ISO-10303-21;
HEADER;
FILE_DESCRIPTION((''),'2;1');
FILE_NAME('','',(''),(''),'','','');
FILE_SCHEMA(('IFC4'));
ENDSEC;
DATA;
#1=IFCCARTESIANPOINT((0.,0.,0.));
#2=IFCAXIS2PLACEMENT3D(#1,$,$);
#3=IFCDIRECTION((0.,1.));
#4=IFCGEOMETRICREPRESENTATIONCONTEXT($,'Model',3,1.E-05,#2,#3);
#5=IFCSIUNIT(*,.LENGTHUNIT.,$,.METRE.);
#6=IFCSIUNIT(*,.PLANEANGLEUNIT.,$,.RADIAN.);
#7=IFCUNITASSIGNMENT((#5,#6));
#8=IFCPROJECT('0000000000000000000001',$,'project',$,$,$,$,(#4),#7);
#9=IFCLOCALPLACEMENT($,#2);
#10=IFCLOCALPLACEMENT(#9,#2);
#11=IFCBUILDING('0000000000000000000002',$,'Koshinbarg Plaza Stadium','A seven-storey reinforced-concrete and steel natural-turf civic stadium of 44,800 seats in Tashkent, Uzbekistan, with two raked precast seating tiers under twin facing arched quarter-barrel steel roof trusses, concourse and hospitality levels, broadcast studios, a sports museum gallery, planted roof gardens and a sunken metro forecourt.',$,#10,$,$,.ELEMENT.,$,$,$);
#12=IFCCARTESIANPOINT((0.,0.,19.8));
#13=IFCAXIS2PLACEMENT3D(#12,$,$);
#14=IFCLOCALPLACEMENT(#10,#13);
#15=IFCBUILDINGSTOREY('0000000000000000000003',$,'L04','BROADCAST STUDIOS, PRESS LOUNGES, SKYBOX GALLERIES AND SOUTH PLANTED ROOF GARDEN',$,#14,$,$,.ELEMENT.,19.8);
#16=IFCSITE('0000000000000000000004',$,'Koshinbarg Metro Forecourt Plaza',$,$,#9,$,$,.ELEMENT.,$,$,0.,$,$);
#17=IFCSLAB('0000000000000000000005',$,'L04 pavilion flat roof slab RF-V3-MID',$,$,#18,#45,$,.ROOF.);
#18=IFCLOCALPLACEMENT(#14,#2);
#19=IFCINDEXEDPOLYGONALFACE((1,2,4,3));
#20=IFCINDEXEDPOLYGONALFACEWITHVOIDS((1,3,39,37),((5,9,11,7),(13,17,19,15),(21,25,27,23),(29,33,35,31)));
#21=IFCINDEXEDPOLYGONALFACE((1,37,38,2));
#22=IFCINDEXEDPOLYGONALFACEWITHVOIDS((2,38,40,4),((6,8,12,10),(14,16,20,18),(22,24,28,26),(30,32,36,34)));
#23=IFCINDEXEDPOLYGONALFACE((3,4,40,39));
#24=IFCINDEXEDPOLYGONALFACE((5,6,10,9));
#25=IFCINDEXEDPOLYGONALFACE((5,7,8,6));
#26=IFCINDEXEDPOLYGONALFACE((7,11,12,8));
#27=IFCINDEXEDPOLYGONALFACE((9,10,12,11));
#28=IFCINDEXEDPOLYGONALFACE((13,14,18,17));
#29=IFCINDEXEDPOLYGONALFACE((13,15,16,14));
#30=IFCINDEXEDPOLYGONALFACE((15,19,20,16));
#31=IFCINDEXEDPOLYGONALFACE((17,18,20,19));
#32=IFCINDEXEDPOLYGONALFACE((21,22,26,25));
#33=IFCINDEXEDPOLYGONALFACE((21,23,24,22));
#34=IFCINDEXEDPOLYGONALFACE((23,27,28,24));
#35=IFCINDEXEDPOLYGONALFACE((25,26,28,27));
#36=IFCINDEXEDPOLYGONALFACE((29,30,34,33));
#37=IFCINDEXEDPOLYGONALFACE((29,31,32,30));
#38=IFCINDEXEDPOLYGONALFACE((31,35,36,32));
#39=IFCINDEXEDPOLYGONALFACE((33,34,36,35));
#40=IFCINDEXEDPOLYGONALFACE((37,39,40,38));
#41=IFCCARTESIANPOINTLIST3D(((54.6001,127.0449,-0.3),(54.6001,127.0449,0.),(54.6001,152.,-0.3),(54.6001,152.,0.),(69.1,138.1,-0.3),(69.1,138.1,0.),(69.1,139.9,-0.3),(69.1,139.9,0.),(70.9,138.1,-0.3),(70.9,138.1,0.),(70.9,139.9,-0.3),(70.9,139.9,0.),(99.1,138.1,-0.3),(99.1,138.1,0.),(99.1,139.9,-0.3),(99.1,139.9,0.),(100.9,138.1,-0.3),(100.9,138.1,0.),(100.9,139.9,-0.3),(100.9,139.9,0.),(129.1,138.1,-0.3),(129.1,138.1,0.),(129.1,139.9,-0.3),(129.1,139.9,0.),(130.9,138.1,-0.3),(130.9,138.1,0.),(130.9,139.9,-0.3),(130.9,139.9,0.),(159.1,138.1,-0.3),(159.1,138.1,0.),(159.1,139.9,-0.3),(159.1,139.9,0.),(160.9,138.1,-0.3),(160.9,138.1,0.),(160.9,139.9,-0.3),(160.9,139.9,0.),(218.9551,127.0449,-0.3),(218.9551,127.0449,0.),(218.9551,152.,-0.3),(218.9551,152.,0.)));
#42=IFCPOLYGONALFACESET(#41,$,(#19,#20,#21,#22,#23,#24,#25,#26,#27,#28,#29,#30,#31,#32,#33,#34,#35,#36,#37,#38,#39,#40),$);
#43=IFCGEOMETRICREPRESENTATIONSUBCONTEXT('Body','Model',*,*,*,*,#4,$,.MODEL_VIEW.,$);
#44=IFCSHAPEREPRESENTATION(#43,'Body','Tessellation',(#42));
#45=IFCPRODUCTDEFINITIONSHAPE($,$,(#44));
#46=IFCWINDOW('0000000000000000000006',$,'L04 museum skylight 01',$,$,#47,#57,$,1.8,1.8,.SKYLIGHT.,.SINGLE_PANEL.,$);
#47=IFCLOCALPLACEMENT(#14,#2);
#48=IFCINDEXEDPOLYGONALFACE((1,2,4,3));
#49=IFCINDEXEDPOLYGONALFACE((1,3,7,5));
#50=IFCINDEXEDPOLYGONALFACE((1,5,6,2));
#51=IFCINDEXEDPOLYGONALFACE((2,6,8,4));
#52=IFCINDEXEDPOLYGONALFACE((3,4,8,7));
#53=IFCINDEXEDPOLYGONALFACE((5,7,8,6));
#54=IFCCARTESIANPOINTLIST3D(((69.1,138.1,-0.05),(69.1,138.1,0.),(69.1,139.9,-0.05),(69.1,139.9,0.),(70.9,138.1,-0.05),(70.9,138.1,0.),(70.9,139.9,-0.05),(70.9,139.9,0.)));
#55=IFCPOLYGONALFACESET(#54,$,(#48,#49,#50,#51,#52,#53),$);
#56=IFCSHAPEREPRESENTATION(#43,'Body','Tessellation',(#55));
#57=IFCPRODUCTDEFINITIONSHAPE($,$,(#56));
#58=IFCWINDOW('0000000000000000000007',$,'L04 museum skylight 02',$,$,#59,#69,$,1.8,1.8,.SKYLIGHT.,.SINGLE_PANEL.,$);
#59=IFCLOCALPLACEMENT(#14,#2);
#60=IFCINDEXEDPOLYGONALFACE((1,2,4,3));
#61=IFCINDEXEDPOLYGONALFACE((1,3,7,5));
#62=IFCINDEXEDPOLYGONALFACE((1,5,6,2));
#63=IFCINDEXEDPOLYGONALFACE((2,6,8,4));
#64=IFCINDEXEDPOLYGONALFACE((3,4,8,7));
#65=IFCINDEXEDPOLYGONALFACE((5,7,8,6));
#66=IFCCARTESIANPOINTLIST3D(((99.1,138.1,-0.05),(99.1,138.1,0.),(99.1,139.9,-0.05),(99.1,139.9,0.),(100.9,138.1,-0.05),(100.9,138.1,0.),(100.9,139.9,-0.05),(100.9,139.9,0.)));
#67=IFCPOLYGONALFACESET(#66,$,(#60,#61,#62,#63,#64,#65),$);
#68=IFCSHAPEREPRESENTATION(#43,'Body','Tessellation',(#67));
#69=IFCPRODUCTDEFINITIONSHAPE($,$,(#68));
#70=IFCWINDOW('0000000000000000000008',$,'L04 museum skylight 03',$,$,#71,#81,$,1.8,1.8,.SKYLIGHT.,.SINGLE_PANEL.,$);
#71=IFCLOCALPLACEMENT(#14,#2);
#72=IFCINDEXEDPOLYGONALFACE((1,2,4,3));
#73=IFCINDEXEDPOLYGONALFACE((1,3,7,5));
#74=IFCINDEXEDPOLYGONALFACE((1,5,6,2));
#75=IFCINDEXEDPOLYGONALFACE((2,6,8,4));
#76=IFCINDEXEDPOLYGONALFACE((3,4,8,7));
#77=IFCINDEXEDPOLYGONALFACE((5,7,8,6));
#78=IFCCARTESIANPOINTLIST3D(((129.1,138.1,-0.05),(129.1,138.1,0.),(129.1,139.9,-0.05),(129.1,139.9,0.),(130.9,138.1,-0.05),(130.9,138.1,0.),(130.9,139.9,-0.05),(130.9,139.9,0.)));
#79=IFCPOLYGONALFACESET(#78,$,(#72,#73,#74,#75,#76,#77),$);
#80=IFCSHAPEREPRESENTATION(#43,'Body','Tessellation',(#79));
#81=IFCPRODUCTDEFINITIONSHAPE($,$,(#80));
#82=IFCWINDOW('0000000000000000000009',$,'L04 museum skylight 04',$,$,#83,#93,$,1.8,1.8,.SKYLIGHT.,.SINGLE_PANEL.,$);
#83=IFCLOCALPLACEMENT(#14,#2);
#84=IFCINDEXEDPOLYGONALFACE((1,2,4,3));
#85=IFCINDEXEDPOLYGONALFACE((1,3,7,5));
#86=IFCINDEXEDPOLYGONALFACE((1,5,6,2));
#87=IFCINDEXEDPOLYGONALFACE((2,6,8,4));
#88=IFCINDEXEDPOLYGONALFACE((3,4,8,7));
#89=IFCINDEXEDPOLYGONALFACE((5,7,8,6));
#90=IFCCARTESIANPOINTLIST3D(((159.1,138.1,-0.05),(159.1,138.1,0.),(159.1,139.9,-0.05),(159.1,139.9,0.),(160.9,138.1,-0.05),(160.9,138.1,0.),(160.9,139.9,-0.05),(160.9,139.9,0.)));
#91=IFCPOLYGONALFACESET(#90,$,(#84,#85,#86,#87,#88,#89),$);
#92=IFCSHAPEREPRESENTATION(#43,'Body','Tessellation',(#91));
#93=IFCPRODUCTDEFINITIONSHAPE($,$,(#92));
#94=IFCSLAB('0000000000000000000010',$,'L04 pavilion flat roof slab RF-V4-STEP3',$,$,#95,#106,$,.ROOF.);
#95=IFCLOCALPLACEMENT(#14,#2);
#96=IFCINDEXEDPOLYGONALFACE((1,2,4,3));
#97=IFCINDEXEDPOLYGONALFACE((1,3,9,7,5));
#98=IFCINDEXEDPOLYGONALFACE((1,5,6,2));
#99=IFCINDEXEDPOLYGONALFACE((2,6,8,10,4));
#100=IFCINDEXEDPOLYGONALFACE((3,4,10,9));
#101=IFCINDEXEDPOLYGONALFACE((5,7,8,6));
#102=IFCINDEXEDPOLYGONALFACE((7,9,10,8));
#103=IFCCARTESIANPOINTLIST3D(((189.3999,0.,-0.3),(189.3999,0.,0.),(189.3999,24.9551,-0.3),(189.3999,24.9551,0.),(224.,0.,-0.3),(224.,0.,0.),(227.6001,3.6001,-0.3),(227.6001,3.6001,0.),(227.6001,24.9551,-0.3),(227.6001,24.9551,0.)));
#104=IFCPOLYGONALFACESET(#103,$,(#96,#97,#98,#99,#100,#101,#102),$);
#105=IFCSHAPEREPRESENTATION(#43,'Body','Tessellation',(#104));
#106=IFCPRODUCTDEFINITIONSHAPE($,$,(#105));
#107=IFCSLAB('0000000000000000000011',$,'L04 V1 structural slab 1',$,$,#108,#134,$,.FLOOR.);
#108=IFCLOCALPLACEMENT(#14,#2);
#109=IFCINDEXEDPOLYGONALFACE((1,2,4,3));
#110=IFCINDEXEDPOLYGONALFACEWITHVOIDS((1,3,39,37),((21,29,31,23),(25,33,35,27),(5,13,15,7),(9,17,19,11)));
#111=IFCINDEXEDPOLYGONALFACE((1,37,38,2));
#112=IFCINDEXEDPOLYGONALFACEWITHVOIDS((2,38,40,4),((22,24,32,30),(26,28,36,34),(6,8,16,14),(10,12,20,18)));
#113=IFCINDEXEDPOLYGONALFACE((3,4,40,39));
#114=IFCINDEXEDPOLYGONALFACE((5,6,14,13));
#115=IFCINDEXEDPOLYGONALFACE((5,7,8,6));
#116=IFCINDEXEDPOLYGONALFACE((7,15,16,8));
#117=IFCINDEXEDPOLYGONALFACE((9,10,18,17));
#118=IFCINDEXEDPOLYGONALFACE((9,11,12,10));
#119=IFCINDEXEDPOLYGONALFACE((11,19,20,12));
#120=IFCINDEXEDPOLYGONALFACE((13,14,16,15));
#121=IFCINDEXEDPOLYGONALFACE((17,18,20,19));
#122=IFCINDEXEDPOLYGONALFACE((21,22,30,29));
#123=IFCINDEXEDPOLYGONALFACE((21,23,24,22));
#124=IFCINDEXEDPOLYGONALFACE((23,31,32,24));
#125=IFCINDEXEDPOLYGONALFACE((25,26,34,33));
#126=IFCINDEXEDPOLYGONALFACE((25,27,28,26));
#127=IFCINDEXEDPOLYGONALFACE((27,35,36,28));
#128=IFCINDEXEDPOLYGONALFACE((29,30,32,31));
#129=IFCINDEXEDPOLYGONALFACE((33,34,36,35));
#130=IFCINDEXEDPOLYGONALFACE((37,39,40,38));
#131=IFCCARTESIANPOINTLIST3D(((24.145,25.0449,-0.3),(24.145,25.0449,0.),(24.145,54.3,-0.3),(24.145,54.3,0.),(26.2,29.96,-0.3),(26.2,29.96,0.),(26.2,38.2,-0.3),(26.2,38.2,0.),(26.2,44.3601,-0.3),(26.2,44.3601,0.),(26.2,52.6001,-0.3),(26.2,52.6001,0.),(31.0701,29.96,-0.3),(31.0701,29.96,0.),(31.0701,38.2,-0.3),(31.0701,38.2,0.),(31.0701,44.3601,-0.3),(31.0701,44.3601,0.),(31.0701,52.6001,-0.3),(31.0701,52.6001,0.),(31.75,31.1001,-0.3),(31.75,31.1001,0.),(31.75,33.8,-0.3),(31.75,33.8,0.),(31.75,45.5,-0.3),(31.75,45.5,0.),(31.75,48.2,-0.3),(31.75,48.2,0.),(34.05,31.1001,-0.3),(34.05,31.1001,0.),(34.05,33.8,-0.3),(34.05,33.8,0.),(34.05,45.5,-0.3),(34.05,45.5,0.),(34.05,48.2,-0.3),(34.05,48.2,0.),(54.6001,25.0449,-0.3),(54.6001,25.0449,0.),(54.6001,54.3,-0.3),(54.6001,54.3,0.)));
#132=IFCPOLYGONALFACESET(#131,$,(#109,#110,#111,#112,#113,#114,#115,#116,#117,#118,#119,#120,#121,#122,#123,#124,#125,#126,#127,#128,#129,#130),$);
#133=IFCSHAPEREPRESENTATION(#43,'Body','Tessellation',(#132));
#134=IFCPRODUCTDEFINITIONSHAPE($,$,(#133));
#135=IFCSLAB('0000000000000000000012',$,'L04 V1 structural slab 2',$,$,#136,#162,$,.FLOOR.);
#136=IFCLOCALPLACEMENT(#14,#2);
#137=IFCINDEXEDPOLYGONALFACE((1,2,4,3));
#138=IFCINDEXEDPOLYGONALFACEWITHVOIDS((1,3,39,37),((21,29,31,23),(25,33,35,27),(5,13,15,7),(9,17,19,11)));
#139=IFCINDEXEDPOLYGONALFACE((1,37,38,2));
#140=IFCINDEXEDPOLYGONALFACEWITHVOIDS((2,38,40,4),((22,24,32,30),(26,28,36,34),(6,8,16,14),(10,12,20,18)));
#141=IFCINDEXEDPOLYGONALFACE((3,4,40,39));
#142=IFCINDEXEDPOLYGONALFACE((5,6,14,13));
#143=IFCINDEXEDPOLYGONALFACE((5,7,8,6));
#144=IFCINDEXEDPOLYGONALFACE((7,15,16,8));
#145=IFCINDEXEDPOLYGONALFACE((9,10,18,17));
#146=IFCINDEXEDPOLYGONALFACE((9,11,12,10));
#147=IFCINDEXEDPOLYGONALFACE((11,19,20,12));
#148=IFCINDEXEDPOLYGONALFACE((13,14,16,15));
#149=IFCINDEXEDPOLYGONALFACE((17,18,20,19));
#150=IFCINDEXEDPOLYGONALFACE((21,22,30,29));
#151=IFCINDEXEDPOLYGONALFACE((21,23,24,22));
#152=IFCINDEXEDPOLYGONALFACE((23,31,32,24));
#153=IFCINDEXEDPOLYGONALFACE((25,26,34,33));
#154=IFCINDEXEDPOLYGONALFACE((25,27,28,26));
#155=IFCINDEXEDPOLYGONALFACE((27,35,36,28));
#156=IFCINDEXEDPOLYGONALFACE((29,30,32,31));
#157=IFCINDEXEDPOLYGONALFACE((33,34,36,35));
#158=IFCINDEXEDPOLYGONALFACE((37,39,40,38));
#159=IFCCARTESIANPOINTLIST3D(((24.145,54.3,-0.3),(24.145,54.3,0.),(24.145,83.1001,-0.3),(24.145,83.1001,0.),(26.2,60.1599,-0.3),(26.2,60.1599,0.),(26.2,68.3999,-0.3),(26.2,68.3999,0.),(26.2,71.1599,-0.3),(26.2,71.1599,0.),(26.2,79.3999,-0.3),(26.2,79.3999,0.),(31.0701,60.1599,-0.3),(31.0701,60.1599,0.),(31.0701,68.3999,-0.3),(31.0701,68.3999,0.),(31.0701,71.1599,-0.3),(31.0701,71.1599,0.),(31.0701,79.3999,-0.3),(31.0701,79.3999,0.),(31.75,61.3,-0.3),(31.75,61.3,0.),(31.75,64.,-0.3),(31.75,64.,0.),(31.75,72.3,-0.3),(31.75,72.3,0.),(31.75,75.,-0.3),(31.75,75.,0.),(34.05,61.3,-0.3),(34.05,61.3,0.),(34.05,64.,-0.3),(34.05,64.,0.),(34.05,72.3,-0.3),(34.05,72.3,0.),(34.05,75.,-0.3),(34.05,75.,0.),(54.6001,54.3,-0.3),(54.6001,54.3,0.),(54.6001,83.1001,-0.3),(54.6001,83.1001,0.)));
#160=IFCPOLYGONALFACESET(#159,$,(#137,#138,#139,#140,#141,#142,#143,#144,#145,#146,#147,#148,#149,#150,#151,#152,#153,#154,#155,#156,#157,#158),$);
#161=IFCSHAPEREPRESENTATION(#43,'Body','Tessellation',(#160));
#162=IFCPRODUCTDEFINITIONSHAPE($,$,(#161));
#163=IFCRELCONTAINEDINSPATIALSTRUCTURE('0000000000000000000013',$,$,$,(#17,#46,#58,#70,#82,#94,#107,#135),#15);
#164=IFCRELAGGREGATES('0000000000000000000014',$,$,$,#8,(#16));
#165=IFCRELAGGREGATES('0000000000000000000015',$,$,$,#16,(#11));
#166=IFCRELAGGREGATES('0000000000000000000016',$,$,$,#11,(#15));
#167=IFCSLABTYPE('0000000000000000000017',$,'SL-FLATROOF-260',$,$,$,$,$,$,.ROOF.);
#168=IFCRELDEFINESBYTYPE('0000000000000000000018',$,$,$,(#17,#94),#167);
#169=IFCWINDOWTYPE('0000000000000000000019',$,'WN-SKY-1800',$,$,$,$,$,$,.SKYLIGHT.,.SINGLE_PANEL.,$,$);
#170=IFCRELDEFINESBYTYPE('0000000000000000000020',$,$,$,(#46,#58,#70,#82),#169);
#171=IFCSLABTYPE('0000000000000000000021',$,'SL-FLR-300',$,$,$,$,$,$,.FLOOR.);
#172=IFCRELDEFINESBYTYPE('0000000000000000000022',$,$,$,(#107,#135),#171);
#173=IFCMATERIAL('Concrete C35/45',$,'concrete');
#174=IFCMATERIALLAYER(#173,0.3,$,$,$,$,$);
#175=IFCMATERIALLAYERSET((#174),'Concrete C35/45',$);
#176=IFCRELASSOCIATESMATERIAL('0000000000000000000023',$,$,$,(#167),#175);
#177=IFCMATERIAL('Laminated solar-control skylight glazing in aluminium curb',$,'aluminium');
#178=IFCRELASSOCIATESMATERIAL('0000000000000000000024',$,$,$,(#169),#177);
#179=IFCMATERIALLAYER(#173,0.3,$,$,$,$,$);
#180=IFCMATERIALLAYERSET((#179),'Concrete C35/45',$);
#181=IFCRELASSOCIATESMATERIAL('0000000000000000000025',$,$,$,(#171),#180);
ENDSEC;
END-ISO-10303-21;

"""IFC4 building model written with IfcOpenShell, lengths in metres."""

from ifc_helpers import new_model, si_unit, direction, frame, origin, origin_2d, place, context, subcontext, project, spatial, polyline, rectangle, outline, extrude, material, layer, layer_set, type_object, element, fill, save


model = new_model("IFC4")

# Units and contexts
model_context = context("Model", 3, precision=1e-05, world=origin(), true_north=direction((0.0, 1.0)))
body_context = subcontext(model_context, "Body", "Model", "MODEL_VIEW")
ifc_project = project(units=[si_unit("LENGTHUNIT", "METRE"), si_unit("PLANEANGLEUNIT", "RADIAN")], contexts=[model_context])

# Site, building, storey
site_placement = place(None, origin())
site = spatial("IfcSite", under=ifc_project, at=site_placement, Name="Koshinbarg Metro Forecourt Plaza", CompositionType="ELEMENT", RefElevation=0.0)
building_placement = place(site_placement, origin())
building = spatial("IfcBuilding", under=site, at=building_placement, Name="Koshinbarg Plaza Stadium", Description="A seven-storey reinforced-concrete and steel natural-turf civic stadium of 44,800 seats in Tashkent, Uzbekistan, with two raked precast seating tiers under twin facing arched quarter-barrel steel roof trusses, concourse and hospitality levels, broadcast studios, a sports museum gallery, planted roof gardens and a sunken metro forecourt.", CompositionType="ELEMENT")
storey_placement = place(building_placement, frame((0.0, 0.0, 19.8)))
storey = spatial("IfcBuildingStorey", under=building, at=storey_placement, Name="L04", Description="BROADCAST STUDIOS, PRESS LOUNGES, SKYBOX GALLERIES AND SOUTH PLANTED ROOF GARDEN", CompositionType="ELEMENT", Elevation=19.8)

# Slab, openings, windows
ifc_material_1 = material(Name="Concrete C35/45", Category="concrete")
ifc_layer_1 = layer(ifc_material_1, 0.3)
ifc_layer_set_1 = layer_set([ifc_layer_1], Name="Concrete C35/45")
slab_type_1 = type_object("IfcSlabType", Name="SL-FLATROOF-260", PredefinedType="ROOF", material=ifc_layer_set_1)
slab_1_placement = place(storey_placement, frame((0.0, 0.0, -0.3)))
slab_1 = element("IfcSlab", 1, at=slab_1_placement, inside=storey, type_object=slab_type_1, Name="L04 pavilion flat roof slab RF-V3-MID", PredefinedType="ROOF", context=body_context, shape_type="SweptSolid", body=[
    extrude(outline(polyline([(54.6001, 127.0449), (218.9551, 127.0449), (218.9551, 152.0), (54.6001, 152.0), (54.6001, 127.0449)])), origin(), (0.0, 0.0, 1.0), 0.3),
])
opening_1_placement = place(slab_1_placement, frame((70.0, 139.0, 0.0)))
opening_1 = element("IfcOpeningElement", 2, at=opening_1_placement, cuts=slab_1, PredefinedType="OPENING", context=body_context, shape_type="SweptSolid", body=[
    extrude(rectangle(XDim=1.8, YDim=1.8, at=origin_2d()), frame((0.0, 0.0, -0.01)), (0.0, 0.0, 1.0), 0.3201),
])
opening_2_placement = place(slab_1_placement, frame((100.0, 139.0, 0.0)))
opening_2 = element("IfcOpeningElement", 3, at=opening_2_placement, cuts=slab_1, PredefinedType="OPENING", context=body_context, shape_type="SweptSolid", body=[
    extrude(rectangle(XDim=1.8, YDim=1.8, at=origin_2d()), frame((0.0, 0.0, -0.01)), (0.0, 0.0, 1.0), 0.3201),
])
opening_3_placement = place(slab_1_placement, frame((130.0, 139.0, 0.0)))
opening_3 = element("IfcOpeningElement", 4, at=opening_3_placement, cuts=slab_1, PredefinedType="OPENING", context=body_context, shape_type="SweptSolid", body=[
    extrude(rectangle(XDim=1.8, YDim=1.8, at=origin_2d()), frame((0.0, 0.0, -0.01)), (0.0, 0.0, 1.0), 0.3201),
])
opening_4_placement = place(slab_1_placement, frame((160.0, 139.0, 0.0)))
opening_4 = element("IfcOpeningElement", 5, at=opening_4_placement, cuts=slab_1, PredefinedType="OPENING", context=body_context, shape_type="SweptSolid", body=[
    extrude(rectangle(XDim=1.8, YDim=1.8, at=origin_2d()), frame((0.0, 0.0, -0.01)), (0.0, 0.0, 1.0), 0.3201),
])
ifc_material_2 = material(Name="Laminated solar-control skylight glazing in aluminium curb", Category="aluminium")
window_type = type_object("IfcWindowType", Name="WN-SKY-1800", PartitioningType="SINGLE_PANEL", PredefinedType="SKYLIGHT", material=ifc_material_2)
window_1_placement = place(opening_1_placement, frame((0.0, 0.0, 0.25)))
window_1 = element("IfcWindow", 6, at=window_1_placement, inside=storey, type_object=window_type, Name="L04 museum skylight 01", OverallHeight=1.8, OverallWidth=1.8, PartitioningType="SINGLE_PANEL", PredefinedType="SKYLIGHT", context=body_context, shape_type="SweptSolid", body=[
    extrude(rectangle(XDim=1.8, YDim=1.8, at=origin_2d()), origin(), (0.0, 0.0, 1.0), 0.05),
])
fill(opening_1, window_1)
window_2_placement = place(opening_2_placement, frame((0.0, 0.0, 0.25)))
window_2 = element("IfcWindow", 7, at=window_2_placement, inside=storey, type_object=window_type, Name="L04 museum skylight 02", OverallHeight=1.8, OverallWidth=1.8, PartitioningType="SINGLE_PANEL", PredefinedType="SKYLIGHT", context=body_context, shape_type="SweptSolid", body=[
    extrude(rectangle(XDim=1.8, YDim=1.8, at=origin_2d()), origin(), (0.0, 0.0, 1.0), 0.05),
])
fill(opening_2, window_2)
window_3_placement = place(opening_3_placement, frame((0.0, 0.0, 0.25)))
window_3 = element("IfcWindow", 8, at=window_3_placement, inside=storey, type_object=window_type, Name="L04 museum skylight 03", OverallHeight=1.8, OverallWidth=1.8, PartitioningType="SINGLE_PANEL", PredefinedType="SKYLIGHT", context=body_context, shape_type="SweptSolid", body=[
    extrude(rectangle(XDim=1.8, YDim=1.8, at=origin_2d()), origin(), (0.0, 0.0, 1.0), 0.05),
])
fill(opening_3, window_3)
window_4_placement = place(opening_4_placement, frame((0.0, 0.0, 0.25)))
window_4 = element("IfcWindow", 9, at=window_4_placement, inside=storey, type_object=window_type, Name="L04 museum skylight 04", OverallHeight=1.8, OverallWidth=1.8, PartitioningType="SINGLE_PANEL", PredefinedType="SKYLIGHT", context=body_context, shape_type="SweptSolid", body=[
    extrude(rectangle(XDim=1.8, YDim=1.8, at=origin_2d()), origin(), (0.0, 0.0, 1.0), 0.05),
])
fill(opening_4, window_4)

# Slabs
slab_2_placement = place(storey_placement, frame((0.0, 0.0, -0.3)))
element("IfcSlab", 10, at=slab_2_placement, inside=storey, type_object=slab_type_1, Name="L04 pavilion flat roof slab RF-V4-STEP3", PredefinedType="ROOF", context=body_context, shape_type="SweptSolid", body=[
    extrude(outline(polyline([(189.3999, 0.0), (224.0, 0.0), (227.6001, 3.6001), (227.6001, 24.9551), (189.3999, 24.9551), (189.3999, 0.0)])), origin(), (0.0, 0.0, 1.0), 0.3),
])
ifc_layer_2 = layer(ifc_material_1, 0.3)
ifc_layer_set_2 = layer_set([ifc_layer_2], Name="Concrete C35/45")
slab_type_2 = type_object("IfcSlabType", Name="SL-FLR-300", PredefinedType="FLOOR", material=ifc_layer_set_2)
slab_3_placement = place(storey_placement, frame((0.0, 0.0, -0.3)))
element("IfcSlab", 11, at=slab_3_placement, inside=storey, type_object=slab_type_2, Name="L04 V1 structural slab 1", PredefinedType="FLOOR", context=body_context, shape_type="SweptSolid", body=[
    extrude(outline(polyline([(24.145, 25.0449), (54.6001, 25.0449), (54.6001, 54.3), (24.145, 54.3), (24.145, 25.0449)]), holes=[polyline([(31.0701, 29.96), (31.0701, 38.2), (26.2, 38.2), (26.2, 29.96), (31.0701, 29.96)]), polyline([(31.75, 31.1001), (34.05, 31.1001), (34.05, 33.8), (31.75, 33.8), (31.75, 31.1001)]), polyline([(31.0701, 44.3601), (31.0701, 52.6001), (26.2, 52.6001), (26.2, 44.3601), (31.0701, 44.3601)]), polyline([(31.75, 45.5), (34.05, 45.5), (34.05, 48.2), (31.75, 48.2), (31.75, 45.5)])]), origin(), (0.0, 0.0, 1.0), 0.3),
])
slab_4_placement = place(storey_placement, frame((0.0, 0.0, -0.3)))
element("IfcSlab", 12, at=slab_4_placement, inside=storey, type_object=slab_type_2, Name="L04 V1 structural slab 2", PredefinedType="FLOOR", context=body_context, shape_type="SweptSolid", body=[
    extrude(outline(polyline([(24.145, 54.3), (54.6001, 54.3), (54.6001, 83.1001), (24.145, 83.1001), (24.145, 54.3)]), holes=[polyline([(31.0701, 60.1599), (31.0701, 68.3999), (26.2, 68.3999), (26.2, 60.1599), (31.0701, 60.1599)]), polyline([(31.75, 61.3), (34.05, 61.3), (34.05, 64.0), (31.75, 64.0), (31.75, 61.3)]), polyline([(31.0701, 71.1599), (31.0701, 79.3999), (26.2, 79.3999), (26.2, 71.1599), (31.0701, 71.1599)]), polyline([(31.75, 72.3), (34.05, 72.3), (34.05, 75.0), (31.75, 75.0), (31.75, 72.3)])]), origin(), (0.0, 0.0, 1.0), 0.3),
])

save(model, "model.ifc")
